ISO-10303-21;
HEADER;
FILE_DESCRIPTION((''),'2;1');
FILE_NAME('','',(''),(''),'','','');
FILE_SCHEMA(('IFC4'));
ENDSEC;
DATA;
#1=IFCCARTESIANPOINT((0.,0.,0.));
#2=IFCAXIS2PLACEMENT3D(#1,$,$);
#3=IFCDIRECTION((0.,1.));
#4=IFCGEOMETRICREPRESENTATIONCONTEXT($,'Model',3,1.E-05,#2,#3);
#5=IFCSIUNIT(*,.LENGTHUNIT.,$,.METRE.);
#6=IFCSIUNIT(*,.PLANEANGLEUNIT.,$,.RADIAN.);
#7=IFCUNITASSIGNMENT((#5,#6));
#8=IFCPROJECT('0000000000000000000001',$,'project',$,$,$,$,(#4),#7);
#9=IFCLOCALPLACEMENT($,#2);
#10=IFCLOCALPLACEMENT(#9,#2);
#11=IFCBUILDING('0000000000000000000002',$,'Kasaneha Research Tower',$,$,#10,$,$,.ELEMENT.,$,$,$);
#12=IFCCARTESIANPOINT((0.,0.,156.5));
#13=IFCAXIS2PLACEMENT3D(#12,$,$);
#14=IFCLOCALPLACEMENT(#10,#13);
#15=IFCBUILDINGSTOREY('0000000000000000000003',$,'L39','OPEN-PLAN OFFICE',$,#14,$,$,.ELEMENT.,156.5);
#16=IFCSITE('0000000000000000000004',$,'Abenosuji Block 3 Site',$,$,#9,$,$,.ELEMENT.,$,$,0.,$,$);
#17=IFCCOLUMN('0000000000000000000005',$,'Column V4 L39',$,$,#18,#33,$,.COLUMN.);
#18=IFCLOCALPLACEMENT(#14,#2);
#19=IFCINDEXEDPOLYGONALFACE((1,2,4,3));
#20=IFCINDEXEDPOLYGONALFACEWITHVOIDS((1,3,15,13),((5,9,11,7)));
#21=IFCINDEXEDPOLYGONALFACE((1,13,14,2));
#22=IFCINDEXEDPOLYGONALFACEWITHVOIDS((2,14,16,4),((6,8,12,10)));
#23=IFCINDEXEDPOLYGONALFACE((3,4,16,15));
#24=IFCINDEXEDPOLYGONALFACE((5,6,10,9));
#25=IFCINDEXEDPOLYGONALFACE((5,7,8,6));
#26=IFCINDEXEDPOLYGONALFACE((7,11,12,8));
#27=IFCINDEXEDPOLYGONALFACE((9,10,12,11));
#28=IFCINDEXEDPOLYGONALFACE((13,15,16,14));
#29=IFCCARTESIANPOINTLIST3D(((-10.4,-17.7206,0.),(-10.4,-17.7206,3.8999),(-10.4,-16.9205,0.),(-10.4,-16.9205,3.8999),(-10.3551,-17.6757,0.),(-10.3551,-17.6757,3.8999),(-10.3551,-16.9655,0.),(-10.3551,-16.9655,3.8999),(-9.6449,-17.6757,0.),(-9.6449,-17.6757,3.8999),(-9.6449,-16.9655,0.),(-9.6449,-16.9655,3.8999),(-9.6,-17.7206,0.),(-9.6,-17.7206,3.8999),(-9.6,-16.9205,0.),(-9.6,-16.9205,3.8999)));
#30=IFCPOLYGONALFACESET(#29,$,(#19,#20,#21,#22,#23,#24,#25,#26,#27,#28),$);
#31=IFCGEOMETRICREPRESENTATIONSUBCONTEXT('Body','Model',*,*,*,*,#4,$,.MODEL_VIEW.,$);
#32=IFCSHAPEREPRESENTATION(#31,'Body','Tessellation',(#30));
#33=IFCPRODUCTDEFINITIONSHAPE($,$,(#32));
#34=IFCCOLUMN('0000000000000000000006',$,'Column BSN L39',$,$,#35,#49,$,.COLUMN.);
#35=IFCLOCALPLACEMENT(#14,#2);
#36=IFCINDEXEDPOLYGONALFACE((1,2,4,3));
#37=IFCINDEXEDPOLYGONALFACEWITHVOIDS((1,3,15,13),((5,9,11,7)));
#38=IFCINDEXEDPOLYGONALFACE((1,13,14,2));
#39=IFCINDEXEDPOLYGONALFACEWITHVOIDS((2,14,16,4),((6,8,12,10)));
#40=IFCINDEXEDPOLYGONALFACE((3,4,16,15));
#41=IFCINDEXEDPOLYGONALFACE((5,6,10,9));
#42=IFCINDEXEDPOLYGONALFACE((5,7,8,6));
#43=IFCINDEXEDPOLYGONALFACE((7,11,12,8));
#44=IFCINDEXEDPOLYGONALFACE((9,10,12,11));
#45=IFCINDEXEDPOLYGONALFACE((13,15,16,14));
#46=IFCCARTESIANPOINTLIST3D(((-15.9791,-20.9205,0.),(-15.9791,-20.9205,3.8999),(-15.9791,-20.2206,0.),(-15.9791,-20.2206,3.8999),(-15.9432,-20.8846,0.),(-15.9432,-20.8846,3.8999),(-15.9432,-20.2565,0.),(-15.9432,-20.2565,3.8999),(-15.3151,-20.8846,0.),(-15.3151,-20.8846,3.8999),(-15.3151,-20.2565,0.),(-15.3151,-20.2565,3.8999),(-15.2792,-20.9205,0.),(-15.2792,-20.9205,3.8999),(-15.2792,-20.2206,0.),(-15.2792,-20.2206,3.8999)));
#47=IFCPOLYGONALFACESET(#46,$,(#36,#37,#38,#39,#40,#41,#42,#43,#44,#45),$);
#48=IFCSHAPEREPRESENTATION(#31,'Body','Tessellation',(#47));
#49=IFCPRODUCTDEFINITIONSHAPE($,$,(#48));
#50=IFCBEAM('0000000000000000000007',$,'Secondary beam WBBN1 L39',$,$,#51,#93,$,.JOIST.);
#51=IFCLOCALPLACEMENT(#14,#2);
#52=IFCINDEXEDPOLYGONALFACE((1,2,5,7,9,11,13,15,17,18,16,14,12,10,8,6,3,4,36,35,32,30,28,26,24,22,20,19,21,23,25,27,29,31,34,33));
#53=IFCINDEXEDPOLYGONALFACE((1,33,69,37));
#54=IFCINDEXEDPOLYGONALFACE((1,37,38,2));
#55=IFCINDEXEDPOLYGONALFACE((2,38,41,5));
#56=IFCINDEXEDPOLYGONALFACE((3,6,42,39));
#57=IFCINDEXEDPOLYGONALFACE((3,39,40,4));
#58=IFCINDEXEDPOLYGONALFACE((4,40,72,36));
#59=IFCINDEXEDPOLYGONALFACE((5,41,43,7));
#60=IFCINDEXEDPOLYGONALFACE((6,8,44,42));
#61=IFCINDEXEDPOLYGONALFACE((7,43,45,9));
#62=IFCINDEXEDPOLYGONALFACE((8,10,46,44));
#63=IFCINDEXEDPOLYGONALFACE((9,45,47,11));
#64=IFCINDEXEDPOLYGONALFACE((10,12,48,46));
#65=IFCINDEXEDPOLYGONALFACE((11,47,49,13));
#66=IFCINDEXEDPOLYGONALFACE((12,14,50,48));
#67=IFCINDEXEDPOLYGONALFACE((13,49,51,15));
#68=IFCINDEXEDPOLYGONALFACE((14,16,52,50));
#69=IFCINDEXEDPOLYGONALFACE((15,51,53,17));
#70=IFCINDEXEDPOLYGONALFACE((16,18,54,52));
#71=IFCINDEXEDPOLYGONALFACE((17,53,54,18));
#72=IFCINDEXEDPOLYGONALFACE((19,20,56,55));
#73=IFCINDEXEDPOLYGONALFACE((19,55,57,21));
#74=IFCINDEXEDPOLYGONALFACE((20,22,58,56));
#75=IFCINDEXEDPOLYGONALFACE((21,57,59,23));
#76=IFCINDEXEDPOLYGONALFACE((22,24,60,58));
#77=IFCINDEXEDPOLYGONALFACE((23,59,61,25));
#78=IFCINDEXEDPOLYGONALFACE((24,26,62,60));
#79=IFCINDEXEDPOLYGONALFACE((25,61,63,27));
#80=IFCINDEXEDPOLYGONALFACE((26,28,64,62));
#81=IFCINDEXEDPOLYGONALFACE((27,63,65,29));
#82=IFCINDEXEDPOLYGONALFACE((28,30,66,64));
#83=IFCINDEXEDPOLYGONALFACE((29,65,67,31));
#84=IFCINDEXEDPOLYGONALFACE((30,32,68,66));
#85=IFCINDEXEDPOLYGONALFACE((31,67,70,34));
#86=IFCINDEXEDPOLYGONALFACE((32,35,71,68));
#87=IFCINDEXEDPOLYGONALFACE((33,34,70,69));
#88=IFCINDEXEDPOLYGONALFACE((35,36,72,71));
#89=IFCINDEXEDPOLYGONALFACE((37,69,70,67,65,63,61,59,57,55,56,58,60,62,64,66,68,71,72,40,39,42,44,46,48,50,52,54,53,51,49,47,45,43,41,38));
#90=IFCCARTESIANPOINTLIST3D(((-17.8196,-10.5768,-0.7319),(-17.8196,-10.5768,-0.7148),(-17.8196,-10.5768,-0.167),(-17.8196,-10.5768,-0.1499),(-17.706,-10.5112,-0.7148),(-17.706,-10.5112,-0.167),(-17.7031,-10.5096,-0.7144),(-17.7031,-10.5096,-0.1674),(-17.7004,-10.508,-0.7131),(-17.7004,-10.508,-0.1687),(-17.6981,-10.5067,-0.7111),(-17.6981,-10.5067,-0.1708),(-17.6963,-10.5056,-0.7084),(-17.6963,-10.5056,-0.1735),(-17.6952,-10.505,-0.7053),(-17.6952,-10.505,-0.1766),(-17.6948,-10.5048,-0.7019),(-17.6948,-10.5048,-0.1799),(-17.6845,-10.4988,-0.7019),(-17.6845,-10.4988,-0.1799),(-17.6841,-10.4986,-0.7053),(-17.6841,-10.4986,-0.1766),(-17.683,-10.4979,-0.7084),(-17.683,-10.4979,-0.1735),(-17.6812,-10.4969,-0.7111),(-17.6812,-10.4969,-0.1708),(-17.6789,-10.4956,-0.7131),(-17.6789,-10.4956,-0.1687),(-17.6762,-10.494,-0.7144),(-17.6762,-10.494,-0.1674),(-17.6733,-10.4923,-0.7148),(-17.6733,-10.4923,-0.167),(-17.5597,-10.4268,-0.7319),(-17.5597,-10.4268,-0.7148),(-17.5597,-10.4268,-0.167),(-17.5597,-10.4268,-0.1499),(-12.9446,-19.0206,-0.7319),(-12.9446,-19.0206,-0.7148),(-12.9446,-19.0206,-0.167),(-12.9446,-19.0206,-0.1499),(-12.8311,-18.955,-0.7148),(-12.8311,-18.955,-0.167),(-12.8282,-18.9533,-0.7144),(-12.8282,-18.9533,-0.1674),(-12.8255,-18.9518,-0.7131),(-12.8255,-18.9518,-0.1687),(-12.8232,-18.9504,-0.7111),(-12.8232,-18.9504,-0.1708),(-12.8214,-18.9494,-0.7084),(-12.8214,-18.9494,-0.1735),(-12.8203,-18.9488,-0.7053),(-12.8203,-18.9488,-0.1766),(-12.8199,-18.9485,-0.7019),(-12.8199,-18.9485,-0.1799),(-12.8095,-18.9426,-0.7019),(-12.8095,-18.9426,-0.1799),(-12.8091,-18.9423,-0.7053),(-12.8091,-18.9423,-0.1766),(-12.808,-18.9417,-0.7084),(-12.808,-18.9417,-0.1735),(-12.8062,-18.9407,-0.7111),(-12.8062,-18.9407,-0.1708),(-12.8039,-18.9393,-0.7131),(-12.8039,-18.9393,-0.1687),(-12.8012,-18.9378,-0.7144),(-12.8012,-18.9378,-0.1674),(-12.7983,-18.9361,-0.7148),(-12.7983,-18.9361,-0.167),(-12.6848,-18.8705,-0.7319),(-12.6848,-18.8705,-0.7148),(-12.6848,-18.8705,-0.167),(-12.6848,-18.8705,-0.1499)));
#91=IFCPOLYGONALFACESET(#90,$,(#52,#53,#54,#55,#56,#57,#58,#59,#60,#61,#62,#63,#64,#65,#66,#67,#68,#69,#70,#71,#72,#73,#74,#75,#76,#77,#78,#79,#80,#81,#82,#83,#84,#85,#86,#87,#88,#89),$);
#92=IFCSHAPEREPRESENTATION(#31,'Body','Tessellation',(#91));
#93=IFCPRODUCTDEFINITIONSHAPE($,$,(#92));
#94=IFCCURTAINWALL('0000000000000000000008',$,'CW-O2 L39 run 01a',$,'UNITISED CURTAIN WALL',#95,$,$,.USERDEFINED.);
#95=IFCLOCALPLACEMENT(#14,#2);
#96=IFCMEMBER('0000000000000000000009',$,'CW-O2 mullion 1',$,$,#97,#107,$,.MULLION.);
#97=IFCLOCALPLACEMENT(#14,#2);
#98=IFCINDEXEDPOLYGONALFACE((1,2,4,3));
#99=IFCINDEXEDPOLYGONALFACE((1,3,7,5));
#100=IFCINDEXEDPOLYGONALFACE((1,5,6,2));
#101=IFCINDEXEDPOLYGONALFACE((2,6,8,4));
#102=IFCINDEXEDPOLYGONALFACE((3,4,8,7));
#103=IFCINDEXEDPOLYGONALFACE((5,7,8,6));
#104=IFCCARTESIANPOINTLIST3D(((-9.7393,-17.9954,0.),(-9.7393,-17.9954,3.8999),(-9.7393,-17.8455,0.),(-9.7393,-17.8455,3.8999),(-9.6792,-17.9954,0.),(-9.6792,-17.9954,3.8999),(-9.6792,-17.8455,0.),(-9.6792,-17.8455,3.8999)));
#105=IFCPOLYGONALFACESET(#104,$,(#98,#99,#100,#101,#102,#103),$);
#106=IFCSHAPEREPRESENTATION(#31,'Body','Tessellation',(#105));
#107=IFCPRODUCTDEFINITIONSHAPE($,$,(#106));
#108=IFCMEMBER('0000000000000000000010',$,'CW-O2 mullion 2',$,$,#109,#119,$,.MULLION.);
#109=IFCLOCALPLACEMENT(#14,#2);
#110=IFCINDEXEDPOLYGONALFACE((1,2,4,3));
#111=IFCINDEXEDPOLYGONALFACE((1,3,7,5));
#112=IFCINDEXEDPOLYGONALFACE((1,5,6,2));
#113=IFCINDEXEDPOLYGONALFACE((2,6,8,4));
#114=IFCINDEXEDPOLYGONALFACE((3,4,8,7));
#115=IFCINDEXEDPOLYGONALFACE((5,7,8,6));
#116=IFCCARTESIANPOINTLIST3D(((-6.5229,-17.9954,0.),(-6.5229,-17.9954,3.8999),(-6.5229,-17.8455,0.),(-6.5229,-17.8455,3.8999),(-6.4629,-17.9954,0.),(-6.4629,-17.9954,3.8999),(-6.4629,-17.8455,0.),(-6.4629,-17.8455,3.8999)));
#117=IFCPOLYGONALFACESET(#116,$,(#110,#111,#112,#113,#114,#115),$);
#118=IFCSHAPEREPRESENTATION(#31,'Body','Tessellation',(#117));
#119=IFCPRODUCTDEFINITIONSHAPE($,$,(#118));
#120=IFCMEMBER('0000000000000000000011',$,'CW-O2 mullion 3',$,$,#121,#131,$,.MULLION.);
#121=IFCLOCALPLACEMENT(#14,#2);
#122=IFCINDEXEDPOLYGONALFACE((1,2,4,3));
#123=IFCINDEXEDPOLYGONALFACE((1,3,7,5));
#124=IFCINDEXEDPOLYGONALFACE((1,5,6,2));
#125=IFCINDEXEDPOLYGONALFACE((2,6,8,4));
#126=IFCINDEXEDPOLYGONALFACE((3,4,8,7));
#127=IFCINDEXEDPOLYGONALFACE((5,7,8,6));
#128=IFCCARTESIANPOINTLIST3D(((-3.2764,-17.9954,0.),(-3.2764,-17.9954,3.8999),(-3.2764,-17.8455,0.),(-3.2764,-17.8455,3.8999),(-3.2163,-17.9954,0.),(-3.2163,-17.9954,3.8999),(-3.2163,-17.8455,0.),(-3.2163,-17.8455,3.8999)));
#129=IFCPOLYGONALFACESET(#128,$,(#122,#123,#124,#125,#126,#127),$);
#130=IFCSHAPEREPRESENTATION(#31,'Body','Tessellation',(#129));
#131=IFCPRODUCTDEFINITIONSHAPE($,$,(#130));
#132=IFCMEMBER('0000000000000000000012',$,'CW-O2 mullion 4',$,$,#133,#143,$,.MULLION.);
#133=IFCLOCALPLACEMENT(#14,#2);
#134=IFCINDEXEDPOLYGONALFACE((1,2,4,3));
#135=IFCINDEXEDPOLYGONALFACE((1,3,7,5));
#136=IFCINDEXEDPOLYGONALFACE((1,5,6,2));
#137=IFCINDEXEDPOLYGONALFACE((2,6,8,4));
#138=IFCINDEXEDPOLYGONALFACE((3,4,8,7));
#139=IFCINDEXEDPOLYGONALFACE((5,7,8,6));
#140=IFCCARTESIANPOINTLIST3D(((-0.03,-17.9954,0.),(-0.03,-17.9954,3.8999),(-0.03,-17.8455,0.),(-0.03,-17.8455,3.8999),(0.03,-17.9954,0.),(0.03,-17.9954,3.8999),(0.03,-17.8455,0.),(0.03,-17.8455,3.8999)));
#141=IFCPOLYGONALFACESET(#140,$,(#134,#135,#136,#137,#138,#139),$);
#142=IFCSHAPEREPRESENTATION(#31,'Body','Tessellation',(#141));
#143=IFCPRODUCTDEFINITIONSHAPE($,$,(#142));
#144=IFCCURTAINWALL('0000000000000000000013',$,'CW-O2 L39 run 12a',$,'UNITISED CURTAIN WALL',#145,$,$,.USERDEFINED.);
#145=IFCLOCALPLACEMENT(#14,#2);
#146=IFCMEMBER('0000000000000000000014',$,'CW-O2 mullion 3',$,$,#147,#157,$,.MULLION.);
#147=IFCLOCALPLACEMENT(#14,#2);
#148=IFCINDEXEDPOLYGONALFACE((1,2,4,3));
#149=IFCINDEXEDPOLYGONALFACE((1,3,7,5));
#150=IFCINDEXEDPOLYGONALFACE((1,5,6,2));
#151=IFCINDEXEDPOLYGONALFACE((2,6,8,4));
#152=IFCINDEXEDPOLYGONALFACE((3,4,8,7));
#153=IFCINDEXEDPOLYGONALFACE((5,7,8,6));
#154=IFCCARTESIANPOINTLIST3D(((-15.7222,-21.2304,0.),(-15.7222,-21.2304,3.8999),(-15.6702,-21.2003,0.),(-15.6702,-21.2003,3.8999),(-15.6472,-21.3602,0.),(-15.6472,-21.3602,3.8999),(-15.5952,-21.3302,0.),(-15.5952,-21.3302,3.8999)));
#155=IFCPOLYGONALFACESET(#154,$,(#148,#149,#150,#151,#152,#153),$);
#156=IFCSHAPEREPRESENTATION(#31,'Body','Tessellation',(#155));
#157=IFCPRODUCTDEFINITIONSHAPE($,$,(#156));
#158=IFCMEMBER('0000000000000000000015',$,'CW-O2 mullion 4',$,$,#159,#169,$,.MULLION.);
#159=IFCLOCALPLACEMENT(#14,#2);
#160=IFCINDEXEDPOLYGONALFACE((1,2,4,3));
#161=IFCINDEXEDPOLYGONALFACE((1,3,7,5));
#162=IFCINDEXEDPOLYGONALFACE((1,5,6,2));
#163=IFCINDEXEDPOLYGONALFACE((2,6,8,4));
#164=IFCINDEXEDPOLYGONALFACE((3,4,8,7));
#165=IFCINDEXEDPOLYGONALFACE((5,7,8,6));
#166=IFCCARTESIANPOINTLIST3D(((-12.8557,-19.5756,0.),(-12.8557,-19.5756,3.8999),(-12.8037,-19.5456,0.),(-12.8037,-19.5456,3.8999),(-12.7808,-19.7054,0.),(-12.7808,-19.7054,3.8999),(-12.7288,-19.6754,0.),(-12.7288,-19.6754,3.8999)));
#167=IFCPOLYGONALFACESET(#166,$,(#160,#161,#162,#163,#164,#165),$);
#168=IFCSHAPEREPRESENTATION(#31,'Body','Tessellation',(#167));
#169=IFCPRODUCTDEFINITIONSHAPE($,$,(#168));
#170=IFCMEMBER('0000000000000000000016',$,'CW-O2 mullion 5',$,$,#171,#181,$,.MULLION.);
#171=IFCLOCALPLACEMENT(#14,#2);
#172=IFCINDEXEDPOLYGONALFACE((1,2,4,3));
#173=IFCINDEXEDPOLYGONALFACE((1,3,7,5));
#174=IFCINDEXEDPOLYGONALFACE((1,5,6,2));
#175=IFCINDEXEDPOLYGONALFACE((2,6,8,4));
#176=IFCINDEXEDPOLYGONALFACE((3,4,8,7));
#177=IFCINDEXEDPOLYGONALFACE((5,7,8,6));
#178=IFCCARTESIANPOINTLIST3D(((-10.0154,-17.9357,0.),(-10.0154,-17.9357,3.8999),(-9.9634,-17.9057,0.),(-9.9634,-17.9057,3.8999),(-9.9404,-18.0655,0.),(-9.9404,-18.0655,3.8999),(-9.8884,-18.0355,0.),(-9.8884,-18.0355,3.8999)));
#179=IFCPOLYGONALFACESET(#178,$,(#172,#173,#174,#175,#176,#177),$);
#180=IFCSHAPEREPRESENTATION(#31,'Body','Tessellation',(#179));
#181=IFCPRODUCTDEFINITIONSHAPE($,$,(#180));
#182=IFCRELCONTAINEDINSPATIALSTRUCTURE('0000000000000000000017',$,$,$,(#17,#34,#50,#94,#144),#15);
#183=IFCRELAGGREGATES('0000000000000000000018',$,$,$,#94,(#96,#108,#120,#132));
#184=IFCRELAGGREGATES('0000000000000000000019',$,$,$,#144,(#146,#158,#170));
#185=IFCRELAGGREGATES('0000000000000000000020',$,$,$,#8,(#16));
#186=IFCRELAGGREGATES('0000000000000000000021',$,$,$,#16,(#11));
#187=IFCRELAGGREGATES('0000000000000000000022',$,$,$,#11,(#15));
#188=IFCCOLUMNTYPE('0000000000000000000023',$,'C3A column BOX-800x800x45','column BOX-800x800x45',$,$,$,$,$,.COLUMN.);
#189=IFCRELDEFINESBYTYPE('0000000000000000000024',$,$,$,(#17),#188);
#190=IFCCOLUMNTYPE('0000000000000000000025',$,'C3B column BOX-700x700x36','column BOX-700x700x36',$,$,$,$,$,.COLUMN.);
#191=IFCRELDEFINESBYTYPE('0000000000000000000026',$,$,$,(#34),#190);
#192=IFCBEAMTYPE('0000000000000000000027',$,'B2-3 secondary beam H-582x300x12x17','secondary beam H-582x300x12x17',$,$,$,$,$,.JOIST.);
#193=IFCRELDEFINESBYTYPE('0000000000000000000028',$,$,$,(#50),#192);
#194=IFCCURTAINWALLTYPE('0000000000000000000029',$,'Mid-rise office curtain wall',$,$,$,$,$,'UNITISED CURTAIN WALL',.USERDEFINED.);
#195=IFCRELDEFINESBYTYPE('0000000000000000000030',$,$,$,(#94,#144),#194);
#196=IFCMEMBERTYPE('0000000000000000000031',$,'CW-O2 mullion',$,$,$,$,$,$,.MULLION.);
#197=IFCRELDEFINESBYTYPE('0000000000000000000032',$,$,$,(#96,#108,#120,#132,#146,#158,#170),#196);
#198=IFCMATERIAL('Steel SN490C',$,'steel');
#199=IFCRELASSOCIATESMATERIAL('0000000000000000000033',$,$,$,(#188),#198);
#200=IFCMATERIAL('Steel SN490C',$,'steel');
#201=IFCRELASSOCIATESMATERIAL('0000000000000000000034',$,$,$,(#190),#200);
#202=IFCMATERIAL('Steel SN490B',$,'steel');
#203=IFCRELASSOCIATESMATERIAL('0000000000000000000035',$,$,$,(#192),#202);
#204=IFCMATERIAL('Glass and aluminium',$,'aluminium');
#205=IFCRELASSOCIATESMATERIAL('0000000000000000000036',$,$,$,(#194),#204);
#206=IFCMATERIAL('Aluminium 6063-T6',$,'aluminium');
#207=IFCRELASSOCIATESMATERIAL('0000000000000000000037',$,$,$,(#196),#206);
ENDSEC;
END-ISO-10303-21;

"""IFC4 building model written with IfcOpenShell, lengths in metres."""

from ifc_helpers import new_model, si_unit, direction, frame, origin, origin_2d, place, context, subcontext, project, spatial, rectangle, hollow_rectangle, i_section, extrude, material, material_profile, profile_set, type_object, element, aggregate, save


model = new_model("IFC4")

# Units and contexts
model_context = context("Model", 3, precision=1e-05, world=origin(), true_north=direction((0.0, 1.0)))
body_context = subcontext(model_context, "Body", "Model", "MODEL_VIEW")
ifc_project = project(units=[si_unit("LENGTHUNIT", "METRE"), si_unit("PLANEANGLEUNIT", "RADIAN")], contexts=[model_context])

# Site, building, storey
site_placement = place(None, origin())
site = spatial("IfcSite", under=ifc_project, at=site_placement, Name="Abenosuji Block 3 Site", CompositionType="ELEMENT", RefElevation=0.0)
building_placement = place(site_placement, origin())
building = spatial("IfcBuilding", under=site, at=building_placement, Name="Kasaneha Research Tower", CompositionType="ELEMENT")
storey_placement = place(building_placement, frame((0.0, 0.0, 156.5)))
storey = spatial("IfcBuildingStorey", under=building, at=storey_placement, Name="L39", Description="OPEN-PLAN OFFICE", CompositionType="ELEMENT", Elevation=156.5)

# Columns
ifc_material_1 = material(Name="Steel SN490C", Category="steel")
ifc_material_profile_1 = material_profile(ifc_material_1, hollow_rectangle(XDim=0.8, YDim=0.8, WallThickness=0.0449, at=origin_2d()), Name="BOX-800x800x45")
ifc_profile_set_1 = profile_set([ifc_material_profile_1], Name="Steel SN490C")
column_type_1 = type_object("IfcColumnType", Name="C3A column BOX-800x800x45", Description="column BOX-800x800x45", PredefinedType="COLUMN", material=ifc_profile_set_1)
column_1_placement = place(storey_placement, frame((-10.0, -17.3206, 0.0), z_axis=(0.0, 0.0, 1.0), x_axis=(1.0, 0.0, 0.0)))
element("IfcColumn", 1, at=column_1_placement, inside=storey, type_object=column_type_1, Name="Column V4 L39", PredefinedType="COLUMN", context=body_context, shape_type="SweptSolid", body=[
    extrude(hollow_rectangle(XDim=0.8, YDim=0.8, WallThickness=0.0449, at=origin_2d()), origin(), (0.0, 0.0, 1.0), 3.8999),
])
ifc_material_2 = material(Name="Steel SN490C", Category="steel")
ifc_material_profile_2 = material_profile(ifc_material_2, hollow_rectangle(XDim=0.7, YDim=0.7, WallThickness=0.0359, at=origin_2d()), Name="BOX-700x700x36")
ifc_profile_set_2 = profile_set([ifc_material_profile_2], Name="Steel SN490C")
column_type_2 = type_object("IfcColumnType", Name="C3B column BOX-700x700x36", Description="column BOX-700x700x36", PredefinedType="COLUMN", material=ifc_profile_set_2)
column_2_placement = place(storey_placement, frame((-15.6292, -20.5706, 0.0), z_axis=(0.0, 0.0, 1.0), x_axis=(1.0, 0.0, 0.0)))
element("IfcColumn", 2, at=column_2_placement, inside=storey, type_object=column_type_2, Name="Column BSN L39", PredefinedType="COLUMN", context=body_context, shape_type="SweptSolid", body=[
    extrude(hollow_rectangle(XDim=0.7, YDim=0.7, WallThickness=0.0359, at=origin_2d()), origin(), (0.0, 0.0, 1.0), 3.8999),
])

# Beam
ifc_material_3 = material(Name="Steel SN490B", Category="steel")
ifc_material_profile_3 = material_profile(ifc_material_3, i_section(OverallWidth=0.3, OverallDepth=0.582, WebThickness=0.012, FlangeThickness=0.0171, FilletRadius=0.0129, at=origin_2d()), Name="H-582x300x12x17")
ifc_profile_set_3 = profile_set([ifc_material_profile_3], Name="Steel SN490B")
beam_type_1 = type_object("IfcBeamType", Name="B2-3 secondary beam H-582x300x12x17", Description="secondary beam H-582x300x12x17", PredefinedType="JOIST", material=ifc_profile_set_3)
beam_1_placement = place(storey_placement, frame((-12.8147, -18.9456, -0.4409), z_axis=(-0.499996, 0.866028, 0.0), x_axis=(-0.866028, -0.499996, 0.0)))
element("IfcBeam", 3, at=beam_1_placement, inside=storey, type_object=beam_type_1, Name="Secondary beam WBBN1 L39", PredefinedType="JOIST", context=body_context, shape_type="SweptSolid", body=[
    extrude(i_section(OverallWidth=0.3, OverallDepth=0.582, WebThickness=0.012, FlangeThickness=0.0171, FilletRadius=0.0129, at=origin_2d()), origin(), (0.0, 0.0, 1.0), 9.75),
])

# Curtain walls, members
ifc_material_4 = material(Name="Glass and aluminium", Category="aluminium")
curtain_wall_type = type_object("IfcCurtainWallType", Name="Mid-rise office curtain wall", ElementType="UNITISED CURTAIN WALL", PredefinedType="USERDEFINED", material=ifc_material_4)
curtain_wall_1_placement = place(storey_placement, origin())
curtain_wall_1 = element("IfcCurtainWall", 4, at=curtain_wall_1_placement, inside=storey, type_object=curtain_wall_type, Name="CW-O2 L39 run 01a", ObjectType="UNITISED CURTAIN WALL", PredefinedType="USERDEFINED")
ifc_material_5 = material(Name="Aluminium 6063-T6", Category="aluminium")
ifc_material_profile_4 = material_profile(ifc_material_5, rectangle(XDim=0.0601, YDim=0.1499, at=origin_2d()), Name="CW-O2 mullion 60x150")
ifc_profile_set_4 = profile_set([ifc_material_profile_4], Name="Aluminium 6063-T6")
member_type_1 = type_object("IfcMemberType", Name="CW-O2 mullion", PredefinedType="MULLION", material=ifc_profile_set_4)
member_1_placement = place(storey_placement, frame((-9.7092, -17.9204, 0.0), z_axis=(0.0, 0.0, 1.0), x_axis=(1.0, 0.0, 0.0)))
member_1 = element("IfcMember", 5, at=member_1_placement, type_object=member_type_1, Name="CW-O2 mullion 1", PredefinedType="MULLION", context=body_context, shape_type="SweptSolid", body=[
    extrude(rectangle(XDim=0.0601, YDim=0.1499, at=origin_2d()), origin(), (0.0, 0.0, 1.0), 3.8999),
])
member_2_placement = place(storey_placement, frame((-6.4929, -17.9204, 0.0), z_axis=(0.0, 0.0, 1.0), x_axis=(1.0, 0.0, 0.0)))
member_2 = element("IfcMember", 6, at=member_2_placement, type_object=member_type_1, Name="CW-O2 mullion 2", PredefinedType="MULLION", context=body_context, shape_type="SweptSolid", body=[
    extrude(rectangle(XDim=0.0601, YDim=0.1499, at=origin_2d()), origin(), (0.0, 0.0, 1.0), 3.8999),
])
member_3_placement = place(storey_placement, frame((-3.2463, -17.9204, 0.0), z_axis=(0.0, 0.0, 1.0), x_axis=(1.0, 0.0, 0.0)))
member_3 = element("IfcMember", 7, at=member_3_placement, type_object=member_type_1, Name="CW-O2 mullion 3", PredefinedType="MULLION", context=body_context, shape_type="SweptSolid", body=[
    extrude(rectangle(XDim=0.0601, YDim=0.1499, at=origin_2d()), origin(), (0.0, 0.0, 1.0), 3.8999),
])
member_4_placement = place(storey_placement, frame((0.0, -17.9204, 0.0), z_axis=(0.0, 0.0, 1.0), x_axis=(1.0, 0.0, 0.0)))
member_4 = element("IfcMember", 8, at=member_4_placement, type_object=member_type_1, Name="CW-O2 mullion 4", PredefinedType="MULLION", context=body_context, shape_type="SweptSolid", body=[
    extrude(rectangle(XDim=0.0601, YDim=0.1499, at=origin_2d()), origin(), (0.0, 0.0, 1.0), 3.8999),
])
curtain_wall_2_placement = place(storey_placement, origin())
curtain_wall_2 = element("IfcCurtainWall", 9, at=curtain_wall_2_placement, inside=storey, type_object=curtain_wall_type, Name="CW-O2 L39 run 12a", ObjectType="UNITISED CURTAIN WALL", PredefinedType="USERDEFINED")
member_5_placement = place(storey_placement, frame((-15.6587, -21.2803, 0.0), z_axis=(0.0, 0.0, 1.0), x_axis=(0.866025, 0.5, 0.0)))
member_5 = element("IfcMember", 10, at=member_5_placement, type_object=member_type_1, Name="CW-O2 mullion 3", PredefinedType="MULLION", context=body_context, shape_type="SweptSolid", body=[
    extrude(rectangle(XDim=0.0601, YDim=0.1499, at=origin_2d()), origin(), (0.0, 0.0, 1.0), 3.8999),
])
member_6_placement = place(storey_placement, frame((-12.7922, -19.6255, 0.0), z_axis=(0.0, 0.0, 1.0), x_axis=(0.866025, 0.5, 0.0)))
member_6 = element("IfcMember", 11, at=member_6_placement, type_object=member_type_1, Name="CW-O2 mullion 4", PredefinedType="MULLION", context=body_context, shape_type="SweptSolid", body=[
    extrude(rectangle(XDim=0.0601, YDim=0.1499, at=origin_2d()), origin(), (0.0, 0.0, 1.0), 3.8999),
])
member_7_placement = place(storey_placement, frame((-9.9519, -17.9856, 0.0), z_axis=(0.0, 0.0, 1.0), x_axis=(0.866025, 0.5, 0.0)))
member_7 = element("IfcMember", 12, at=member_7_placement, type_object=member_type_1, Name="CW-O2 mullion 5", PredefinedType="MULLION", context=body_context, shape_type="SweptSolid", body=[
    extrude(rectangle(XDim=0.0601, YDim=0.1499, at=origin_2d()), origin(), (0.0, 0.0, 1.0), 3.8999),
])

aggregate(curtain_wall_1, [member_1, member_2, member_3, member_4])
aggregate(curtain_wall_2, [member_5, member_6, member_7])

save(model, "model.ifc")
